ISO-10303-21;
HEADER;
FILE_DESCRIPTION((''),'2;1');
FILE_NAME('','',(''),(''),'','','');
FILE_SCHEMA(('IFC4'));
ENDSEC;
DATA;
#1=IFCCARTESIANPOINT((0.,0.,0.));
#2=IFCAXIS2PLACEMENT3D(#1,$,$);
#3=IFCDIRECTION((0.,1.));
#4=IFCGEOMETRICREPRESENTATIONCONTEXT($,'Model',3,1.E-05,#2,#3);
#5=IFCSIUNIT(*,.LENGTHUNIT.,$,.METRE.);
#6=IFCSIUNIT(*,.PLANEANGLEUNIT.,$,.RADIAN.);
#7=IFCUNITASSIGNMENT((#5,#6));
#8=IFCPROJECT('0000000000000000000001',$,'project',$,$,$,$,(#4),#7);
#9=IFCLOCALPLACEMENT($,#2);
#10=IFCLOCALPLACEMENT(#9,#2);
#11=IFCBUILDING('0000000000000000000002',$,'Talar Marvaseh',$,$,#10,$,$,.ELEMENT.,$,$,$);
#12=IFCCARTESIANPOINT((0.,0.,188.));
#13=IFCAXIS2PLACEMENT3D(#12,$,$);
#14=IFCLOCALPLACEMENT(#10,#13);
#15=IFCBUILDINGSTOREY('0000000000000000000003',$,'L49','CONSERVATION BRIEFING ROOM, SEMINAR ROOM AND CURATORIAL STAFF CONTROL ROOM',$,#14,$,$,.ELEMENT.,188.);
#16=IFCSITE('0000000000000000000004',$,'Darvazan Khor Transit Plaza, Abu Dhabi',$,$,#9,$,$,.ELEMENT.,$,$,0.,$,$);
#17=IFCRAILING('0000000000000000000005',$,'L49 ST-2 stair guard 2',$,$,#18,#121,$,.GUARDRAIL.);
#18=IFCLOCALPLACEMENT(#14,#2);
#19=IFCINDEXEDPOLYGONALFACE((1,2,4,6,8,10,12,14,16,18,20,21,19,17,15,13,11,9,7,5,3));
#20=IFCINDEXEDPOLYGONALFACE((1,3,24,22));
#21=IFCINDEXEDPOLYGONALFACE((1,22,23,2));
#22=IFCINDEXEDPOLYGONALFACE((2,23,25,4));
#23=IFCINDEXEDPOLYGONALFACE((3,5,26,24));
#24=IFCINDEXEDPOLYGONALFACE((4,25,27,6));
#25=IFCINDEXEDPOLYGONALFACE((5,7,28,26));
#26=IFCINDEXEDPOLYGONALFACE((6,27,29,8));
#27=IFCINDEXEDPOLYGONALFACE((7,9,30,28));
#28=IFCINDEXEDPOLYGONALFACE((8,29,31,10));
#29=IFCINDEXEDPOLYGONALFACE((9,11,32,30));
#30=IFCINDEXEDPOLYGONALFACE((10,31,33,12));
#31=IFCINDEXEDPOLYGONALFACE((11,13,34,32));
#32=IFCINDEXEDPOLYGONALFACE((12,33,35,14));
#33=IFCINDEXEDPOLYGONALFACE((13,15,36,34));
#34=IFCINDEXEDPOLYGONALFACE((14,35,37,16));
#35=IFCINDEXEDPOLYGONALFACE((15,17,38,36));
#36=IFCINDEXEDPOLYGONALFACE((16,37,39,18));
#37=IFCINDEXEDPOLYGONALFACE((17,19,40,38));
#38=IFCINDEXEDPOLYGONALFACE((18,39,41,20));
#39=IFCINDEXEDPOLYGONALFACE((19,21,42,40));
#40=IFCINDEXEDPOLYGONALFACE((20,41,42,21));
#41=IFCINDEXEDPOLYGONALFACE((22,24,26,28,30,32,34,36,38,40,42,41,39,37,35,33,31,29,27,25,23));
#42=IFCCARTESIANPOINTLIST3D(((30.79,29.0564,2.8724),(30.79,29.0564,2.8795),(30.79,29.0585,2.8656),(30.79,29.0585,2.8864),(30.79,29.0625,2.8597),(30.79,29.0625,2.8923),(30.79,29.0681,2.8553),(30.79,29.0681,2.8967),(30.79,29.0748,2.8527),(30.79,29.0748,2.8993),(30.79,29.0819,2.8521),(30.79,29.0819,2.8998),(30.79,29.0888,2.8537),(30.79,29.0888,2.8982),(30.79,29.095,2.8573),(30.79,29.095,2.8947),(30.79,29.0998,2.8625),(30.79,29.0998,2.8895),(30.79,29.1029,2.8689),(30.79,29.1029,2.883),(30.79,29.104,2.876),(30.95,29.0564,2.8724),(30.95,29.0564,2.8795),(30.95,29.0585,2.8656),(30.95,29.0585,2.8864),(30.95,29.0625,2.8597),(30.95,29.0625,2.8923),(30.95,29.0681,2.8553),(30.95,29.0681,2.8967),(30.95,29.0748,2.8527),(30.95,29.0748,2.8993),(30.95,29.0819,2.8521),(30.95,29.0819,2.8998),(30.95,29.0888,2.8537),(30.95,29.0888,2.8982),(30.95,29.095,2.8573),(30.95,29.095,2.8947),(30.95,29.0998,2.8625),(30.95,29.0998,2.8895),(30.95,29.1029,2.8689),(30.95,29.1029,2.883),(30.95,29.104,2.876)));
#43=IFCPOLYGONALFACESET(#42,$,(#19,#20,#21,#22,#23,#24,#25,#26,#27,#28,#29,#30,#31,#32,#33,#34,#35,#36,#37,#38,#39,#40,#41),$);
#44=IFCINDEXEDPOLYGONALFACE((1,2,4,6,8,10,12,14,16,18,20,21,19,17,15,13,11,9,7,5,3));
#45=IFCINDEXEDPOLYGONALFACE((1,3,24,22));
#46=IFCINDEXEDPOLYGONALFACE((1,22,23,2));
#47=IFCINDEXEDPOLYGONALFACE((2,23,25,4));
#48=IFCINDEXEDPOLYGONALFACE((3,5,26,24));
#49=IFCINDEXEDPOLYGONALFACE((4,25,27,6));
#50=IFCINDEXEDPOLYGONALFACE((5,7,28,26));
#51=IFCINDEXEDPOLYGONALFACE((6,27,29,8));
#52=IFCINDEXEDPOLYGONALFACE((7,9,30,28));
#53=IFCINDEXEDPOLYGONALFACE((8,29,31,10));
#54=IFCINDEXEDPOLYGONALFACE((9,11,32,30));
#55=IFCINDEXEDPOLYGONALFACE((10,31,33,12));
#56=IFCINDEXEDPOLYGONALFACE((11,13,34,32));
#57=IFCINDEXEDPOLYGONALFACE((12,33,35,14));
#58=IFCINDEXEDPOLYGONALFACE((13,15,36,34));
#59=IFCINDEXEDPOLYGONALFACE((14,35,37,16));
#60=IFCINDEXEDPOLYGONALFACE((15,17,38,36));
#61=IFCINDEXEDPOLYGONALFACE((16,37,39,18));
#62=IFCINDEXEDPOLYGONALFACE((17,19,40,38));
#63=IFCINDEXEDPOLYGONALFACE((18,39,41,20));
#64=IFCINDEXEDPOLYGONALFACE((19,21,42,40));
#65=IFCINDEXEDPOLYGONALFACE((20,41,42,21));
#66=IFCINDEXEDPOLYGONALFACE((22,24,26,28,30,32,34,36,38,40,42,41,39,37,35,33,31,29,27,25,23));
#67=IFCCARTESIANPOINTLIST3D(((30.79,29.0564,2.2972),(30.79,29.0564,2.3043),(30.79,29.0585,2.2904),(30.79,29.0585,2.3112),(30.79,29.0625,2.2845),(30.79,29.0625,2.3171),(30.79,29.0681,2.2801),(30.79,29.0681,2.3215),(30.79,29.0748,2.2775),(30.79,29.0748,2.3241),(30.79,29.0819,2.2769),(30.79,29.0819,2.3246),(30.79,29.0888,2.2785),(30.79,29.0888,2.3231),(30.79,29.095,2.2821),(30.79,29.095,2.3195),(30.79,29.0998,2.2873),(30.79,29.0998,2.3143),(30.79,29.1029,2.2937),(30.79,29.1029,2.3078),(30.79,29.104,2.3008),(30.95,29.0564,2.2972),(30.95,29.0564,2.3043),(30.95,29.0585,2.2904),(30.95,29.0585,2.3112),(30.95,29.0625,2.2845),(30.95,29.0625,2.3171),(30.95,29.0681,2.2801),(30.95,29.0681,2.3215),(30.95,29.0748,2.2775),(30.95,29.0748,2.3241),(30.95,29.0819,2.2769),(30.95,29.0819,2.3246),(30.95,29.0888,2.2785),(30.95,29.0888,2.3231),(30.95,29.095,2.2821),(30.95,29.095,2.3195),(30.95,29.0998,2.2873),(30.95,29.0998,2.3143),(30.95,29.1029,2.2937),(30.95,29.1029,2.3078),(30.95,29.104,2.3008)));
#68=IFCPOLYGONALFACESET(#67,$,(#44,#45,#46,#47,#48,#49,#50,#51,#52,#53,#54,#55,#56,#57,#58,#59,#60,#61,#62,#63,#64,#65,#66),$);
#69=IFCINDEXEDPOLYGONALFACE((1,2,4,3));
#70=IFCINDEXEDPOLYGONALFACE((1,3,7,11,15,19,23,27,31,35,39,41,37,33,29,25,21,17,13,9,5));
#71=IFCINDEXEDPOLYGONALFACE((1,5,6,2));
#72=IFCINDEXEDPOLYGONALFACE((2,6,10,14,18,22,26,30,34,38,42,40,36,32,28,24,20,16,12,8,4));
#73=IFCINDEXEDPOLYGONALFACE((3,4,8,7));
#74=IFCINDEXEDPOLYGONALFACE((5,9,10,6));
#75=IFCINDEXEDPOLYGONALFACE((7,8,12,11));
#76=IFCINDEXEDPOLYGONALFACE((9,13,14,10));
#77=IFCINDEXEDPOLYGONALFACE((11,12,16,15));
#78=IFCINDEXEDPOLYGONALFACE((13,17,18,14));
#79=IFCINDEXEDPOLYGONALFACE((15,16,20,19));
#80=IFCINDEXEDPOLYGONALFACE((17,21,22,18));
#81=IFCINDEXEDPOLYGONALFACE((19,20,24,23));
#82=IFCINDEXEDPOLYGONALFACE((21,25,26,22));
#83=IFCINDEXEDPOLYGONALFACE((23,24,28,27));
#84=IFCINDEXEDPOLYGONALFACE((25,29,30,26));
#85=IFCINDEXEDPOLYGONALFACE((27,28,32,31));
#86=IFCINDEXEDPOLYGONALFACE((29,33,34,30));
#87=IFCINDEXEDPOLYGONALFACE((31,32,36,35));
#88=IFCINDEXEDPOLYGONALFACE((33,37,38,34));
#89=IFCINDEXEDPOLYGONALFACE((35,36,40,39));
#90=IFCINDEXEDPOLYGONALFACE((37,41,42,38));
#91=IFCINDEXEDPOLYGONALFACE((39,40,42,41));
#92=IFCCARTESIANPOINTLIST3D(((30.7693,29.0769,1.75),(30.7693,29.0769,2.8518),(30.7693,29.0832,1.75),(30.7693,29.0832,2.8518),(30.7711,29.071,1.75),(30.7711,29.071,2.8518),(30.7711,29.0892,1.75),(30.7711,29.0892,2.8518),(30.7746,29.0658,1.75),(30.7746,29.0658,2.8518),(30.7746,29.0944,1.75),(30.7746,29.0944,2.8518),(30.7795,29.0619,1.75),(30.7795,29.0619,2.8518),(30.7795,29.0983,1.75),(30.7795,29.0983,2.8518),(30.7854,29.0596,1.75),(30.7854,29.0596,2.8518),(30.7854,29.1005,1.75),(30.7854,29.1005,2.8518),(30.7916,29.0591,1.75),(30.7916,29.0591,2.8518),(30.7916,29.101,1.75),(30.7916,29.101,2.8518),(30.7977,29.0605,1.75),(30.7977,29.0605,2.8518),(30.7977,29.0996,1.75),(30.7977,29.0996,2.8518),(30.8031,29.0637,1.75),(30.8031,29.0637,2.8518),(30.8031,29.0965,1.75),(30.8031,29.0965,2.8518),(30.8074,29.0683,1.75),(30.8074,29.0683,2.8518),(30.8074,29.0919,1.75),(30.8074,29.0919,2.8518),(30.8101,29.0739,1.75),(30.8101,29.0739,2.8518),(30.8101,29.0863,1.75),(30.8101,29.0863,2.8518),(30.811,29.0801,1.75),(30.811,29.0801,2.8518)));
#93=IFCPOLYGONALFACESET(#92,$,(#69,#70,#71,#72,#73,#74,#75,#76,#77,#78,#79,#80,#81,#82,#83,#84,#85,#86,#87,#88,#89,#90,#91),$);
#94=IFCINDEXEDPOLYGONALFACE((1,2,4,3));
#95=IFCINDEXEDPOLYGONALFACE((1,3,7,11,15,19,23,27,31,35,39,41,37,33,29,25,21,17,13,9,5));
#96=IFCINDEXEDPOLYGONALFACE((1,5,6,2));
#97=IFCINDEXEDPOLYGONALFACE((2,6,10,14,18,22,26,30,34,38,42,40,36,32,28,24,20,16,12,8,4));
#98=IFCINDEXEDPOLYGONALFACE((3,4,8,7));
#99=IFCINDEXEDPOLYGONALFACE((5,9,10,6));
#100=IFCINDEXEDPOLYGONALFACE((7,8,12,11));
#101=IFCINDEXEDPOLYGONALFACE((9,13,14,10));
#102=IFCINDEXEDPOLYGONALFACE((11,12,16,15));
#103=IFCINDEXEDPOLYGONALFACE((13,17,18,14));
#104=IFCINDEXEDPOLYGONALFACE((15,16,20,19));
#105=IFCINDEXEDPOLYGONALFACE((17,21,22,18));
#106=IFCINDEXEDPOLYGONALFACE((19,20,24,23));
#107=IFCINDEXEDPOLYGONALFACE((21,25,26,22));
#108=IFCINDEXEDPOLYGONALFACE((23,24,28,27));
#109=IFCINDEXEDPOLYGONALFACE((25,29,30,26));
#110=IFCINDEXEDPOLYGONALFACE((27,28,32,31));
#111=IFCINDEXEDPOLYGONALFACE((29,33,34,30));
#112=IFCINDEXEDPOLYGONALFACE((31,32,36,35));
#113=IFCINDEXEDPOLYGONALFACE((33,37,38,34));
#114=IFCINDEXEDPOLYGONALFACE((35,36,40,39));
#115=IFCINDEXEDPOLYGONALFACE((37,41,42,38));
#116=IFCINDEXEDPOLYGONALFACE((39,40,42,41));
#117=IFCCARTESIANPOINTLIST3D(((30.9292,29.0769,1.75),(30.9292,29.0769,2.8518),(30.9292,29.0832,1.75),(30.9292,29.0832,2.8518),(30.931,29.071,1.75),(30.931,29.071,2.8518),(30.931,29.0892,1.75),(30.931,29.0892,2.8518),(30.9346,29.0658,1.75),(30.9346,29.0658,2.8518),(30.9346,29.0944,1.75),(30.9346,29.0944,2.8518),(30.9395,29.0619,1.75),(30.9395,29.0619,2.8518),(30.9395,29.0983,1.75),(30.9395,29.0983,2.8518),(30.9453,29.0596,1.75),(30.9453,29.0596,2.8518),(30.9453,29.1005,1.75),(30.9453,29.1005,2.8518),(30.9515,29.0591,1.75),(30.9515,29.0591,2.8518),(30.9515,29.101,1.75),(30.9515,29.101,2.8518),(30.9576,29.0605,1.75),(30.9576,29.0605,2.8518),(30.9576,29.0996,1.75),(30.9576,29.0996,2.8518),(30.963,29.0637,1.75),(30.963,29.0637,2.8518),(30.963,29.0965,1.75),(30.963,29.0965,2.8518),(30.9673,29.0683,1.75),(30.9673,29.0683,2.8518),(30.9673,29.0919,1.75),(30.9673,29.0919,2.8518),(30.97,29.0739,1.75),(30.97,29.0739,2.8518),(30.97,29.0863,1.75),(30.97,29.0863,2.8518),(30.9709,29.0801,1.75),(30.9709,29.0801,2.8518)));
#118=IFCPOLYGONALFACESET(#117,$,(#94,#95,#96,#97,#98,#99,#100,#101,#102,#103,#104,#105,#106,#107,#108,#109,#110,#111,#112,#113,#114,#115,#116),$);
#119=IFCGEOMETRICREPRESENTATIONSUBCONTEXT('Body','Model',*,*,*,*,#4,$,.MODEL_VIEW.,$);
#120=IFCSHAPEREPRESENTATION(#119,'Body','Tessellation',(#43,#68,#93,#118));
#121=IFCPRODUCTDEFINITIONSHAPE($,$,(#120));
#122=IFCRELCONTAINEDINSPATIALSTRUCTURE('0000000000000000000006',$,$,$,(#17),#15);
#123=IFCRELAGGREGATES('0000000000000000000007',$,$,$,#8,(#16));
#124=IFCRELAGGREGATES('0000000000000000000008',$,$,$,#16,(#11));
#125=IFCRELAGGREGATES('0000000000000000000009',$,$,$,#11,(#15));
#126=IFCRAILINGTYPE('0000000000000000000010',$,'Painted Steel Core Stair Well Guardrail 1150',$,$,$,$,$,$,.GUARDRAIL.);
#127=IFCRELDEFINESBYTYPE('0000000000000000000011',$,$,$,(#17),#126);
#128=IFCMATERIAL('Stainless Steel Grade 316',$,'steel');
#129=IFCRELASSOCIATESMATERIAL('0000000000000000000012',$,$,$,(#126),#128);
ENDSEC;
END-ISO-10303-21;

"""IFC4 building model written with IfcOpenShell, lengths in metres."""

from ifc_helpers import new_model, si_unit, direction, frame, origin, origin_2d, place, context, subcontext, project, spatial, circle, extrude, material, type_object, element, save


model = new_model("IFC4")

# Units and contexts
model_context = context("Model", 3, precision=1e-05, world=origin(), true_north=direction((0.0, 1.0)))
body_context = subcontext(model_context, "Body", "Model", "MODEL_VIEW")
ifc_project = project(units=[si_unit("LENGTHUNIT", "METRE"), si_unit("PLANEANGLEUNIT", "RADIAN")], contexts=[model_context])

# Site, building, storey
site_placement = place(None, origin())
site = spatial("IfcSite", under=ifc_project, at=site_placement, Name="Darvazan Khor Transit Plaza, Abu Dhabi", CompositionType="ELEMENT", RefElevation=0.0)
building_placement = place(site_placement, origin())
building = spatial("IfcBuilding", under=site, at=building_placement, Name="Talar Marvaseh", CompositionType="ELEMENT")
storey_placement = place(building_placement, frame((0.0, 0.0, 188.0)))
storey = spatial("IfcBuildingStorey", under=building, at=storey_placement, Name="L49", Description="CONSERVATION BRIEFING ROOM, SEMINAR ROOM AND CURATORIAL STAFF CONTROL ROOM", CompositionType="ELEMENT", Elevation=188.0)

# Shared definitions
ifc_material_1 = material(Name="Stainless Steel Grade 316", Category="steel")

# Railing
railing_type_1 = type_object("IfcRailingType", Name="Painted Steel Core Stair Well Guardrail 1150", PredefinedType="GUARDRAIL", material=ifc_material_1)
railing_1_placement = place(storey_placement, frame((30.79, 29.0801, 1.75)))
element("IfcRailing", 1, at=railing_1_placement, inside=storey, type_object=railing_type_1, Name="L49 ST-2 stair guard 2", PredefinedType="GUARDRAIL", context=body_context, shape_type="SweptSolid", body=[
    extrude(circle(Radius=0.0239, at=origin_2d()), frame((0.0, 0.0, 1.126), z_axis=(1.0, 0.0, 0.0), x_axis=(0.0, 1.0, 0.0)), (0.0, 0.0, 1.0), 0.1599),
    extrude(circle(Radius=0.0239, at=origin_2d()), frame((0.0, 0.0, 0.5508), z_axis=(1.0, 0.0, 0.0), x_axis=(0.0, 1.0, 0.0)), (0.0, 0.0, 1.0), 0.1599),
    extrude(circle(Radius=0.021, at=origin_2d()), origin(), (0.0, 0.0, 1.0), 1.1018),
    extrude(circle(Radius=0.021, at=origin_2d()), frame((0.1599, 0.0, 0.0)), (0.0, 0.0, 1.0), 1.1018),
])

save(model, "model.ifc")
